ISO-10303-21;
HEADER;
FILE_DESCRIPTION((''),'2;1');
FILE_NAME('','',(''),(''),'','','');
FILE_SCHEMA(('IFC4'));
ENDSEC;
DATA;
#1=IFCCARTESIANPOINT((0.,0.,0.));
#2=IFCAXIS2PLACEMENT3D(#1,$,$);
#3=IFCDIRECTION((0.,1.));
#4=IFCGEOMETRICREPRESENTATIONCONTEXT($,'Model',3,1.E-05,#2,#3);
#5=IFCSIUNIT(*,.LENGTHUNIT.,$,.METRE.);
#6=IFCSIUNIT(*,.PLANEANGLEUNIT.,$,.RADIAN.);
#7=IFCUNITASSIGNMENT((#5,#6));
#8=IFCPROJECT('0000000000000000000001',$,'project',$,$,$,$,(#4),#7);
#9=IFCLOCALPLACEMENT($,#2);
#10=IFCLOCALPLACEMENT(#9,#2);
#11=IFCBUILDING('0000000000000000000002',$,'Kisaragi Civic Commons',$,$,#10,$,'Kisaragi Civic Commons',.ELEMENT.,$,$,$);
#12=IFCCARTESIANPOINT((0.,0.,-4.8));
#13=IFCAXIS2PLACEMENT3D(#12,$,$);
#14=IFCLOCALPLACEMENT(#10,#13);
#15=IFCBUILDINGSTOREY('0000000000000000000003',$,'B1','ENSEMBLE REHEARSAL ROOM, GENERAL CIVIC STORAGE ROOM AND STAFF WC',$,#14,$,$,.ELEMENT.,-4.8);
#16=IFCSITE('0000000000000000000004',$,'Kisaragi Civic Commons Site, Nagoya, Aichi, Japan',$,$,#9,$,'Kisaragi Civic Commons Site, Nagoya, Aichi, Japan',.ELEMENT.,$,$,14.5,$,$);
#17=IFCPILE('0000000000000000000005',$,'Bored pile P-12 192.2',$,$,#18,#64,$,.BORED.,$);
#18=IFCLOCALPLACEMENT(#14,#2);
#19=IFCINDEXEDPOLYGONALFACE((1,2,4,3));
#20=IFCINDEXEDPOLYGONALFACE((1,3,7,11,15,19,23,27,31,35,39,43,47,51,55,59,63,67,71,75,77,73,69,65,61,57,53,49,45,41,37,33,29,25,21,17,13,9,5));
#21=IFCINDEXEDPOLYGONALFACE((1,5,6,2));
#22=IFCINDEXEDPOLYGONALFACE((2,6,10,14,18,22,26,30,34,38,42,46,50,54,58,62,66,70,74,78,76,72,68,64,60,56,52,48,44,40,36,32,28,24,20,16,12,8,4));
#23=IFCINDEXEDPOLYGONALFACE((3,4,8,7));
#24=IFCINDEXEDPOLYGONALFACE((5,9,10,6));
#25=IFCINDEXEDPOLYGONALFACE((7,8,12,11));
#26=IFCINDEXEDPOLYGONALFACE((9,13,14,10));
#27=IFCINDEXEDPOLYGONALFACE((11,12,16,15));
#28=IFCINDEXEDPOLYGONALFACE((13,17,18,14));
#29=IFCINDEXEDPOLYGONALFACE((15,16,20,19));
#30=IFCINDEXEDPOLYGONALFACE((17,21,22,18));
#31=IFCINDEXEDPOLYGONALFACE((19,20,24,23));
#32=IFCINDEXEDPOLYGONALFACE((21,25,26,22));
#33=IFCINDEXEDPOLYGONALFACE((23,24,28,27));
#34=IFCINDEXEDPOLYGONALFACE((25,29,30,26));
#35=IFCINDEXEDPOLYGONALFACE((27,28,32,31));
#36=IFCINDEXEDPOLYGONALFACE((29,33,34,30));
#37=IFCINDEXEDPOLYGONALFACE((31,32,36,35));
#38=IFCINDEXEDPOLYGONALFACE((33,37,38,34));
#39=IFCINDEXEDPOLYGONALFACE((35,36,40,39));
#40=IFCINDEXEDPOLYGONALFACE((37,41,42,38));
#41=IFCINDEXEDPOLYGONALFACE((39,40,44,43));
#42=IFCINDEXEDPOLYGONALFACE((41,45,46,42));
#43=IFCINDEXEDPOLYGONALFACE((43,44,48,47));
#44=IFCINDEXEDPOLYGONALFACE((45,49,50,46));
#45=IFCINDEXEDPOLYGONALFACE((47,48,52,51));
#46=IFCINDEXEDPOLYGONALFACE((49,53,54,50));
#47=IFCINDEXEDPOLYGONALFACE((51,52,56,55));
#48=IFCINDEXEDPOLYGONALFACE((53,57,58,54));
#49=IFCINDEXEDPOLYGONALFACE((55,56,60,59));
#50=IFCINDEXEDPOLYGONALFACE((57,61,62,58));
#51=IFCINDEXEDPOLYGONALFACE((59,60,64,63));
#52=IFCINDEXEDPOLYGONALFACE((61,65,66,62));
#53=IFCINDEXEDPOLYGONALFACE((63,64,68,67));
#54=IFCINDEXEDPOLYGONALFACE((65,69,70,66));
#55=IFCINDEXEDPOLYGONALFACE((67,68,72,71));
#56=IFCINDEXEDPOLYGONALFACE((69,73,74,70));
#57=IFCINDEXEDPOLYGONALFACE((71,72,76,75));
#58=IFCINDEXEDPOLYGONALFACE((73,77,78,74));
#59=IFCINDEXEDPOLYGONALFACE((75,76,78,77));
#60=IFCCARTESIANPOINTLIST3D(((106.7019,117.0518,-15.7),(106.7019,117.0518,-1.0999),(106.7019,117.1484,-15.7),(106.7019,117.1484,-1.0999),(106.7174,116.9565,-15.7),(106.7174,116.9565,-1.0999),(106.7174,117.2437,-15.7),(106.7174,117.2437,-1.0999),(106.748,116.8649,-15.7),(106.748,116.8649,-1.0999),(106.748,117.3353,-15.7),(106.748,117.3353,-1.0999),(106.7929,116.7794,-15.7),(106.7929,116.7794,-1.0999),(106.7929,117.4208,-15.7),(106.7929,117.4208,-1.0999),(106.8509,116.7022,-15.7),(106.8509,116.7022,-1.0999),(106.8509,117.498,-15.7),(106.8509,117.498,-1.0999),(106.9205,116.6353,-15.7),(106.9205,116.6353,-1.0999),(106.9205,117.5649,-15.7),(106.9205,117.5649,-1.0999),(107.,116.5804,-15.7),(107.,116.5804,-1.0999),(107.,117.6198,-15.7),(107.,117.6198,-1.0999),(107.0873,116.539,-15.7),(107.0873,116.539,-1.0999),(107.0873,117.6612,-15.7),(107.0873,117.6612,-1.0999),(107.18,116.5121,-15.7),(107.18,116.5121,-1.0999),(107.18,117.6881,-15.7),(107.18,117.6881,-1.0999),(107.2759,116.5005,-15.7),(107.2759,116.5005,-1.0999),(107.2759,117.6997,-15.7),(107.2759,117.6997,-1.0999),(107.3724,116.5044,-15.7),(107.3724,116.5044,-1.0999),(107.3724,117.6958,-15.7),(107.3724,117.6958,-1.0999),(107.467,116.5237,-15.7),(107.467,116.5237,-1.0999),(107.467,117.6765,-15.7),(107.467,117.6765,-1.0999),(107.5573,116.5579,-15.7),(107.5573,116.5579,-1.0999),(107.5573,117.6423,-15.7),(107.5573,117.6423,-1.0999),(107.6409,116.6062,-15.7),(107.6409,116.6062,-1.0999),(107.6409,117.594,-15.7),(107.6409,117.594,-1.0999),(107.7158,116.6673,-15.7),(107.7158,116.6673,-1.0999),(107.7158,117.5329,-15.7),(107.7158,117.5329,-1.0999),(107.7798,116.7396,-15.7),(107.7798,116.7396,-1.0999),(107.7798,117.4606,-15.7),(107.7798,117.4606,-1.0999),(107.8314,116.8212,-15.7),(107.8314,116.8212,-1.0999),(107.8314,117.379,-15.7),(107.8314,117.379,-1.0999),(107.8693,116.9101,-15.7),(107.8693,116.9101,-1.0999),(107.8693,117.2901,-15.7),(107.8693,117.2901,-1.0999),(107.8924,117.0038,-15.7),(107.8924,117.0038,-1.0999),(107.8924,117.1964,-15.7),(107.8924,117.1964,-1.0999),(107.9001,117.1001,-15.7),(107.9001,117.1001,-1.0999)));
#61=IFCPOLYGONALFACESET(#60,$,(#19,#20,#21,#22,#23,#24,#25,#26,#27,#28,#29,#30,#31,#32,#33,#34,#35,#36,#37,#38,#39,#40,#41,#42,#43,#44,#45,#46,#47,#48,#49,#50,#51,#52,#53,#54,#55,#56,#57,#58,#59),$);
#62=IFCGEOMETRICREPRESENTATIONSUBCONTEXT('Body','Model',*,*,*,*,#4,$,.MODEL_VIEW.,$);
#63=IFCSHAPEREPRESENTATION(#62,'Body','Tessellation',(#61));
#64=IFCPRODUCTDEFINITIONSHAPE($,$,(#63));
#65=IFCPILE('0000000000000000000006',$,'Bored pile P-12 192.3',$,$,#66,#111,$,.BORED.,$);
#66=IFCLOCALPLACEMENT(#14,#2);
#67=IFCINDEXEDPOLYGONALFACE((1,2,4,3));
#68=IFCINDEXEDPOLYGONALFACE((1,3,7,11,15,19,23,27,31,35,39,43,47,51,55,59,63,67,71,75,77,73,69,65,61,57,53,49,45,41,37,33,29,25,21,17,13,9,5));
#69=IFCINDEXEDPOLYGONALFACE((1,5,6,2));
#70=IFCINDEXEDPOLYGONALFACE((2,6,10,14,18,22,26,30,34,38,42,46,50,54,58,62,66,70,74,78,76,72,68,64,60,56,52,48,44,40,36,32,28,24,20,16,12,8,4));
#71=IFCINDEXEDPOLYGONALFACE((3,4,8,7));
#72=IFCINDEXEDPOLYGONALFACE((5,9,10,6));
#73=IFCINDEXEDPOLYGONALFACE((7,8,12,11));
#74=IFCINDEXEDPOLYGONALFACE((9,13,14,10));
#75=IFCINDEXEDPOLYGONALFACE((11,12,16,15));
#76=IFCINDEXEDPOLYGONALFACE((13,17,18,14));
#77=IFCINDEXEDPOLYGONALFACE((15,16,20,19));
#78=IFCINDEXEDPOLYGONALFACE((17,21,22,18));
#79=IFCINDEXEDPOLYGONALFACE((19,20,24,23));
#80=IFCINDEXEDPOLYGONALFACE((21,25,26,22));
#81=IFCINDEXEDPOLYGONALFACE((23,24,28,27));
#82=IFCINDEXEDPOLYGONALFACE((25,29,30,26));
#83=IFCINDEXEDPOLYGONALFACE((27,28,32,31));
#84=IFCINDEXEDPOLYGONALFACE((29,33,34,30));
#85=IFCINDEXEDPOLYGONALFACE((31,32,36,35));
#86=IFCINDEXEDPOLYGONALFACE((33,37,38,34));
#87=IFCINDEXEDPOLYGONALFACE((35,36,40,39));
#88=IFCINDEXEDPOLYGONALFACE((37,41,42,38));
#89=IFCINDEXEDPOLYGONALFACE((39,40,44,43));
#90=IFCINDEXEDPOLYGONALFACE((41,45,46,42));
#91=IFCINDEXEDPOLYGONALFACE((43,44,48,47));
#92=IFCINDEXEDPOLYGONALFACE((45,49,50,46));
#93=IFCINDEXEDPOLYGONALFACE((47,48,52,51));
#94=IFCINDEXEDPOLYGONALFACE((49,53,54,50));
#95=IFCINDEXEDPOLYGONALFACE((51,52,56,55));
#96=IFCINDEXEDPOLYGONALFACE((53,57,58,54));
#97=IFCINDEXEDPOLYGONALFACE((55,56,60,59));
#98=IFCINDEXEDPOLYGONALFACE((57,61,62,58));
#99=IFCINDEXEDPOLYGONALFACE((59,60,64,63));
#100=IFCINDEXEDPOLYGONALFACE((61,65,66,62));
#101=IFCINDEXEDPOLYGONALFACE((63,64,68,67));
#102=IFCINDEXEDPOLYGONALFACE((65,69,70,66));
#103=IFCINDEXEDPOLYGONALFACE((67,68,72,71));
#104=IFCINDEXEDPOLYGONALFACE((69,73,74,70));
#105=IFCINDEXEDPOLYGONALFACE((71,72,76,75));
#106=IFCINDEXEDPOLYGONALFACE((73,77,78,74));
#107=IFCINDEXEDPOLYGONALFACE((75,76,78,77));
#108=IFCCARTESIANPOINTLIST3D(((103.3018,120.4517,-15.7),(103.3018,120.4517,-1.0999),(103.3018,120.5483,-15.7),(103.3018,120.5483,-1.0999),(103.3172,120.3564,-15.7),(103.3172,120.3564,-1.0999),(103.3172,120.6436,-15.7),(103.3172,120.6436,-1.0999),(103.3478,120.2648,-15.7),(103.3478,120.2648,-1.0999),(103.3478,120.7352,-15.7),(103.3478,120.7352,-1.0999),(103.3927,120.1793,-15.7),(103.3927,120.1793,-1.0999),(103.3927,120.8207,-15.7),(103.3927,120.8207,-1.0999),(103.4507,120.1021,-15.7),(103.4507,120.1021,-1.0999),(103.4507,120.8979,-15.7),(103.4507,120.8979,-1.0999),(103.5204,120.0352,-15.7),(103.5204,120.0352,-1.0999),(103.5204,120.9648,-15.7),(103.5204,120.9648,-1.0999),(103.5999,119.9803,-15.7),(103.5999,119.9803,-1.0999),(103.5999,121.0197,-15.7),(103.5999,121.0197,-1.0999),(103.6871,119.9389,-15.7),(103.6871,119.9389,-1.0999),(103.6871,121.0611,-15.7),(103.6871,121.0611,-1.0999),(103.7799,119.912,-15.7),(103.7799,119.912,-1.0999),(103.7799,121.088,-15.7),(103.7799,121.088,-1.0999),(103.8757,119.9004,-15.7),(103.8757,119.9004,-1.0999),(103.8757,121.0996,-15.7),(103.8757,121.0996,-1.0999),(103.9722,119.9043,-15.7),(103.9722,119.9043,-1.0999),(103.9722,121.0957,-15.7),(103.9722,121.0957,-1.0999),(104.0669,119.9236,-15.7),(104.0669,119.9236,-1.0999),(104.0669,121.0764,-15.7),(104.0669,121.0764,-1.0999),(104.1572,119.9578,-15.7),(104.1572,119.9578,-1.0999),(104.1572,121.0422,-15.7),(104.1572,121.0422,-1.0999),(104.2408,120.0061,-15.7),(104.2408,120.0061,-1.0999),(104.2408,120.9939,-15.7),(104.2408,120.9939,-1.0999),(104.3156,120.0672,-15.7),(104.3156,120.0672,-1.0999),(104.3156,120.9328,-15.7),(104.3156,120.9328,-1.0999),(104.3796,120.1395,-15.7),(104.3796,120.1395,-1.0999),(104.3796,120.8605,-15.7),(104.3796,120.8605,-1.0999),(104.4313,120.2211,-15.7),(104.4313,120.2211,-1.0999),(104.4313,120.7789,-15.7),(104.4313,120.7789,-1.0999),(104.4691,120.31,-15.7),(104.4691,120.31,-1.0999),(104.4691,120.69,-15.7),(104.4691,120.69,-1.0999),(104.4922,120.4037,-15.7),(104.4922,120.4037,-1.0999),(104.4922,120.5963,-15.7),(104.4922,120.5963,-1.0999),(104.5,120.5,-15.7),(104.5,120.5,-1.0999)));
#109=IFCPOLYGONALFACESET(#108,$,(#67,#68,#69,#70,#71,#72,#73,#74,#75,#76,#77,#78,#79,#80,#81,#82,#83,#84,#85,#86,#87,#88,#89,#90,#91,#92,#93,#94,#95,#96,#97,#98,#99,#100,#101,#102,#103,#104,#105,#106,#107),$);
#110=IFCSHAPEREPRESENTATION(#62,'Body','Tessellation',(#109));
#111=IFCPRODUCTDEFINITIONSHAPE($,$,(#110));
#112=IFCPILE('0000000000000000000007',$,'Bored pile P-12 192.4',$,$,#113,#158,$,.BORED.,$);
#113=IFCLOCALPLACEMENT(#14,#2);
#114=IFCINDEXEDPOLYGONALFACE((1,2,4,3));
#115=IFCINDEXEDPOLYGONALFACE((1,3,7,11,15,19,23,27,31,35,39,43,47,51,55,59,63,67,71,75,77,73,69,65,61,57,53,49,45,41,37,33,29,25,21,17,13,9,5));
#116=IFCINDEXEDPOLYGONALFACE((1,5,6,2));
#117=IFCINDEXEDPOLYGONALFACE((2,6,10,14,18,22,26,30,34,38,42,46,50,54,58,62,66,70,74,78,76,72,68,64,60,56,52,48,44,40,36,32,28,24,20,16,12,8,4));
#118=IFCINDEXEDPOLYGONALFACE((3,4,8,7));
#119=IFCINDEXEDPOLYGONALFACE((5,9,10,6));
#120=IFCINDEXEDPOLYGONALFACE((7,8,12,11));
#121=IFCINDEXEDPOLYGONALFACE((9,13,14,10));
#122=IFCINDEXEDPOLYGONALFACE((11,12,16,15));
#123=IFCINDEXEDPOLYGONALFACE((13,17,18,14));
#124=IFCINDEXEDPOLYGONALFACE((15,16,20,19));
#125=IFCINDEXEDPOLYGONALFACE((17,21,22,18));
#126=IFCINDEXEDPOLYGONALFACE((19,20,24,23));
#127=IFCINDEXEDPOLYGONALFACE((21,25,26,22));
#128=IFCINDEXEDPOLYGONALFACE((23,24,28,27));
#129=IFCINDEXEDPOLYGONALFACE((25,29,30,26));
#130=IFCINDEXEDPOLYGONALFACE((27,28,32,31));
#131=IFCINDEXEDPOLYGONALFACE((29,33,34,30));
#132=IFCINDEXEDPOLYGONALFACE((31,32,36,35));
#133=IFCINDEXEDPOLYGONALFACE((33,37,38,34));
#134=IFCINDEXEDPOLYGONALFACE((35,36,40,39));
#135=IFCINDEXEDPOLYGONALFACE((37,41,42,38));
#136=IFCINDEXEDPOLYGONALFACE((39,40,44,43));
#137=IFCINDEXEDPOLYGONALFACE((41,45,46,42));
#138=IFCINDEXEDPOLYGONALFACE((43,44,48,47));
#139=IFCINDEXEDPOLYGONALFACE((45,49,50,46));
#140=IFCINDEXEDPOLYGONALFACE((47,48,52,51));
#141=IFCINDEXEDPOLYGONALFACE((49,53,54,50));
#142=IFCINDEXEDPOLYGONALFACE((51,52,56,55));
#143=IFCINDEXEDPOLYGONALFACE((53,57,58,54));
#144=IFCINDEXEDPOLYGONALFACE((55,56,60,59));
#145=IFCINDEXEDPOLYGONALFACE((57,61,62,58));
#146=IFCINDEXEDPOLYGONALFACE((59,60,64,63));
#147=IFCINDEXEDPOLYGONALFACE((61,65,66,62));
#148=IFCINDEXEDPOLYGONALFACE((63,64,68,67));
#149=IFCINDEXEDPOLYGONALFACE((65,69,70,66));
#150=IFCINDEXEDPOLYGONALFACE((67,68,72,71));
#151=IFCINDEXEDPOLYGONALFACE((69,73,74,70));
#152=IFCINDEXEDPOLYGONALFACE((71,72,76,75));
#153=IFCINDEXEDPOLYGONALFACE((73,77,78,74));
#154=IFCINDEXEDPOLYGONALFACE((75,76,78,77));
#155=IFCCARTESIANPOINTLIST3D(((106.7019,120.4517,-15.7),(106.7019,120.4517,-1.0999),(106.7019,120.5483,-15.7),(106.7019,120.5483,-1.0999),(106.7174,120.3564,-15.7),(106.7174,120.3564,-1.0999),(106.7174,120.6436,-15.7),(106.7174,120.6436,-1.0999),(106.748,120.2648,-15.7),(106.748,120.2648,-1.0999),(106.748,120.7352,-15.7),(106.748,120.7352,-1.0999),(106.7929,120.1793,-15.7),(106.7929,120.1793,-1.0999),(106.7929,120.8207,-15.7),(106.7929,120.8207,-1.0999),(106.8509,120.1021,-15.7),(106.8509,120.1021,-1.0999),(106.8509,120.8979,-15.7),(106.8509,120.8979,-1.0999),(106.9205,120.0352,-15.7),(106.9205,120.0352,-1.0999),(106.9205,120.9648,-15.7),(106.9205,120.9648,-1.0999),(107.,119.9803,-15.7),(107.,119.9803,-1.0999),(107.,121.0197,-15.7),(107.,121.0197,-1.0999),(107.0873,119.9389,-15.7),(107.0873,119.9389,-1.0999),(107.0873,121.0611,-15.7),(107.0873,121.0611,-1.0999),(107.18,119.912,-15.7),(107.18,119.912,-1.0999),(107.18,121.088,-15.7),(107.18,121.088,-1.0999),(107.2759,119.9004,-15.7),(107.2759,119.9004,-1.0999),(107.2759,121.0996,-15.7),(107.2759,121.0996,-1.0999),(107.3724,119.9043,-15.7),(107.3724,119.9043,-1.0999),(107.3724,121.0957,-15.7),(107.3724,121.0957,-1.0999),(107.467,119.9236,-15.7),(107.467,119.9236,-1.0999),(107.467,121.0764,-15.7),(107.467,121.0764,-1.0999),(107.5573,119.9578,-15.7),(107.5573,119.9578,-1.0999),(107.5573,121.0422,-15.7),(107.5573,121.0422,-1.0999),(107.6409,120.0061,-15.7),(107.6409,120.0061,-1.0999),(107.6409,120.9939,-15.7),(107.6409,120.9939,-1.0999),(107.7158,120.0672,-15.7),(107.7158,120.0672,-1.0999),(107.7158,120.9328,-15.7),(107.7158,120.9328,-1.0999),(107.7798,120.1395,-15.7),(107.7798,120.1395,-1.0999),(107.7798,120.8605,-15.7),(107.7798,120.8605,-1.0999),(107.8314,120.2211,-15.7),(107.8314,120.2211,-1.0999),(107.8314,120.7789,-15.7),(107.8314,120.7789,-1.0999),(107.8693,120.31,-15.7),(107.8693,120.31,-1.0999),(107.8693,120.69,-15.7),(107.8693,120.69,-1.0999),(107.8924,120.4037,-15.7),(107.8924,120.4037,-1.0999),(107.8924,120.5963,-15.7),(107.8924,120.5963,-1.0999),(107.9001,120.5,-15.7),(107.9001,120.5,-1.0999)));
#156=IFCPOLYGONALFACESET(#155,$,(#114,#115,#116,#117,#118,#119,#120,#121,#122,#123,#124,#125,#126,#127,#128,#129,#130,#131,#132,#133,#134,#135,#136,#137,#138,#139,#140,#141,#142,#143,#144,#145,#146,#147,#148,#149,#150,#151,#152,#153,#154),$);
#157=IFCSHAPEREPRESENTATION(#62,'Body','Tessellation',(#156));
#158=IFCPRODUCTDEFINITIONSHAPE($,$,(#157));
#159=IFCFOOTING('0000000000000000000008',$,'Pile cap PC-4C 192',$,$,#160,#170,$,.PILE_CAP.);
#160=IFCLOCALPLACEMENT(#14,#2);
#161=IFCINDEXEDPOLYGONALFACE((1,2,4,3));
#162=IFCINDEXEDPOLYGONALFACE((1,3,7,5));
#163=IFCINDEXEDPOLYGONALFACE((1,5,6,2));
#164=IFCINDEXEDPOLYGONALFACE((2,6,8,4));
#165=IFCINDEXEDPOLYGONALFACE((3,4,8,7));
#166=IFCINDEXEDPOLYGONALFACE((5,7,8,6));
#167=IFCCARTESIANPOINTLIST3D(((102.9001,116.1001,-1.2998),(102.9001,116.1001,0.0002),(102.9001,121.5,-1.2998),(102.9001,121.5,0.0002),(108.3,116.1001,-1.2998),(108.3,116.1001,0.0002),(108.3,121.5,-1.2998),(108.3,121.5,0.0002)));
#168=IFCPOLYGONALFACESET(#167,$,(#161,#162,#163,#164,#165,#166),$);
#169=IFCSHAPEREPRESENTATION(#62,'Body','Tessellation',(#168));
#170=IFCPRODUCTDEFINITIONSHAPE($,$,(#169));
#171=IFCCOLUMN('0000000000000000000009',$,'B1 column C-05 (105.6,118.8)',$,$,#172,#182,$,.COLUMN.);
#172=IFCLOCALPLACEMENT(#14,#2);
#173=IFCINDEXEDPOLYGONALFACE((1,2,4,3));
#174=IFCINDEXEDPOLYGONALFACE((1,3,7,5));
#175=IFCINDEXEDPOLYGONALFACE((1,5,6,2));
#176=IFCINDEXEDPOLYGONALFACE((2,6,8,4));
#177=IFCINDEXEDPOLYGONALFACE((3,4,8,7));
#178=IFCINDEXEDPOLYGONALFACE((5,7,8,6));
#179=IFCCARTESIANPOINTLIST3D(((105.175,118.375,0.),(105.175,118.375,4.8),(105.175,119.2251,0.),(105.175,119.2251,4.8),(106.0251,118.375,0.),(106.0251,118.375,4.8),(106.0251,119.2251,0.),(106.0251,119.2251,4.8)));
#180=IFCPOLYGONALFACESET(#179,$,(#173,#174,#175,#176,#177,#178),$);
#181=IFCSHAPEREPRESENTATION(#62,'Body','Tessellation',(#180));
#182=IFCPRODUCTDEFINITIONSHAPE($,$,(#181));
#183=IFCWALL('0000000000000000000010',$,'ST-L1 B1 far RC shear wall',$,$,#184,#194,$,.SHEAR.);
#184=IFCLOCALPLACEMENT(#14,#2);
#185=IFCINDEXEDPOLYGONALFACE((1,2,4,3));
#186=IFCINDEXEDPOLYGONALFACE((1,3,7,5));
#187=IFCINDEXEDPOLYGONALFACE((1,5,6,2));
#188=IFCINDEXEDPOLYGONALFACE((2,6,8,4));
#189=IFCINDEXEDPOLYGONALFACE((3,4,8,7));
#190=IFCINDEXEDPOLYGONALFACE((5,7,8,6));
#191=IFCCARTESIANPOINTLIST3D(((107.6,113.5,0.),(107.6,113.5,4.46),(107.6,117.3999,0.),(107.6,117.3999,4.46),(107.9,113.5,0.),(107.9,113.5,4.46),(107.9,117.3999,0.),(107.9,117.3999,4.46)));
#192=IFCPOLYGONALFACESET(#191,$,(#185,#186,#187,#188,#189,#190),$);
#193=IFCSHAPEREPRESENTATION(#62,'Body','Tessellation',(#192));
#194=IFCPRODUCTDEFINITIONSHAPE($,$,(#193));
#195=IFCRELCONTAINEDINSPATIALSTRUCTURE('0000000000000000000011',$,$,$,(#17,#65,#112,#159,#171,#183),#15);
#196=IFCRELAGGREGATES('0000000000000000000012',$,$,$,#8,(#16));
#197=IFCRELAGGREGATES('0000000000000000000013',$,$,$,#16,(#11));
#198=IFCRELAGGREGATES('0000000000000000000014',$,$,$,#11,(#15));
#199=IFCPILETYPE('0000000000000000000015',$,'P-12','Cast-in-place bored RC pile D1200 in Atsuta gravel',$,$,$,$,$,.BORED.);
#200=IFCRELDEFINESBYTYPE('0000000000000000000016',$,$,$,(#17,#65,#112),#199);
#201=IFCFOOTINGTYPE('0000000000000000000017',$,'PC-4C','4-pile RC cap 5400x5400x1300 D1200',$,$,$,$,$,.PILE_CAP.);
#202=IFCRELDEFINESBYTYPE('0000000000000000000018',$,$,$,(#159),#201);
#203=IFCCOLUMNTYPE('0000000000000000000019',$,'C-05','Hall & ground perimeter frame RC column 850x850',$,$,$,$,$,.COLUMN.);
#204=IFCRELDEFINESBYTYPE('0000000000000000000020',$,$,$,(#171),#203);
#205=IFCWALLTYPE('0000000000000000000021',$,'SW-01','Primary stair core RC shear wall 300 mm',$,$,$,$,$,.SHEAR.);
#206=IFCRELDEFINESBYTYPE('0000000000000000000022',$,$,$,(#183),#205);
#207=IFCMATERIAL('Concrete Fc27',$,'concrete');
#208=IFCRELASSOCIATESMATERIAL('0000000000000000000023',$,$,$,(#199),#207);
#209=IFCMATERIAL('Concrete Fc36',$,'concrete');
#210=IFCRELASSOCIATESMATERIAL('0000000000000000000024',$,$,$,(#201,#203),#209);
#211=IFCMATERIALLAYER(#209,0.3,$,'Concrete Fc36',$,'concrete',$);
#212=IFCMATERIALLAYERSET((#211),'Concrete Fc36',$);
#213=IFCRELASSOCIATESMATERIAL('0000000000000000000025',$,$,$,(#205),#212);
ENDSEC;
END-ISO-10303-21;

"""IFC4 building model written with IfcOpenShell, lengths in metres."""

from ifc_helpers import new_model, si_unit, direction, frame, frame_2d, origin, origin_2d, place, context, subcontext, project, spatial, rectangle, circle, extrude, material, layer, layer_set, material_profile, profile_set, type_object, element, save


model = new_model("IFC4")

# Units and contexts
model_context = context("Model", 3, precision=1e-05, world=origin(), true_north=direction((0.0, 1.0)))
body_context = subcontext(model_context, "Body", "Model", "MODEL_VIEW")
ifc_project = project(units=[si_unit("LENGTHUNIT", "METRE"), si_unit("PLANEANGLEUNIT", "RADIAN")], contexts=[model_context])

# Site, building, storey
site_placement = place(None, origin())
site = spatial("IfcSite", under=ifc_project, at=site_placement, Name="Kisaragi Civic Commons Site, Nagoya, Aichi, Japan", LongName="Kisaragi Civic Commons Site, Nagoya, Aichi, Japan", CompositionType="ELEMENT", RefElevation=14.5)
building_placement = place(site_placement, origin())
building = spatial("IfcBuilding", under=site, at=building_placement, Name="Kisaragi Civic Commons", LongName="Kisaragi Civic Commons", CompositionType="ELEMENT")
storey_placement = place(building_placement, frame((0.0, 0.0, -4.8)))
storey = spatial("IfcBuildingStorey", under=building, at=storey_placement, Name="B1", Description="ENSEMBLE REHEARSAL ROOM, GENERAL CIVIC STORAGE ROOM AND STAFF WC", CompositionType="ELEMENT", Elevation=-4.8)

# Shared definitions
ifc_material_1 = material(Name="Concrete Fc27", Category="concrete")

# Piles
ifc_material_profile_1 = material_profile(ifc_material_1, circle(Radius=0.6001, at=origin_2d()), Name="PILE-D1200", Category="concrete")
ifc_profile_set_1 = profile_set([ifc_material_profile_1], Name="Concrete Fc27")
pile_type = type_object("IfcPileType", Name="P-12", Description="Cast-in-place bored RC pile D1200 in Atsuta gravel", PredefinedType="BORED", material=ifc_profile_set_1)
for number, where, z_axis, x_axis, name in (
    (1, (107.3, 117.1001, -1.0999), (0.0, 0.0, -1.0), (1.0, 0.0, 0.0), "Bored pile P-12 192.2"),
    (2, (103.8999, 120.5, -1.0999), (0.0, 0.0, -1.0), (1.0, 0.0, 0.0), "Bored pile P-12 192.3"),
    (3, (107.3, 120.5, -1.0999), (0.0, 0.0, -1.0), (1.0, 0.0, 0.0), "Bored pile P-12 192.4"),
):
    element("IfcPile", number, at=place(storey_placement, frame(where, z_axis=z_axis, x_axis=x_axis)), inside=storey, type_object=pile_type, Name=name, PredefinedType="BORED", context=body_context, shape_type="SweptSolid", body=[
        extrude(circle(Radius=0.6001, at=origin_2d()), origin(), (0.0, 0.0, 1.0), 14.6001),
    ])

# Footing
ifc_material_2 = material(Name="Concrete Fc36", Category="concrete")
footing_type_1 = type_object("IfcFootingType", Name="PC-4C", Description="4-pile RC cap 5400x5400x1300 D1200", PredefinedType="PILE_CAP", material=ifc_material_2)
footing_1_placement = place(storey_placement, frame((105.6001, 118.8, -1.2998), z_axis=(0.0, 0.0, 1.0), x_axis=(1.0, 0.0, 0.0)))
element("IfcFooting", 4, at=footing_1_placement, inside=storey, type_object=footing_type_1, Name="Pile cap PC-4C 192", PredefinedType="PILE_CAP", context=body_context, shape_type="SweptSolid", body=[
    extrude(rectangle(XDim=5.3999, YDim=5.3999, at=origin_2d()), origin(), (0.0, 0.0, 1.0), 1.3),
])

# Column
ifc_material_profile_2 = material_profile(ifc_material_2, rectangle(XDim=0.8501, YDim=0.8501, at=origin_2d()), Name="RC-850x850", Category="concrete")
ifc_profile_set_2 = profile_set([ifc_material_profile_2], Name="Concrete Fc36")
column_type = type_object("IfcColumnType", Name="C-05", Description="Hall & ground perimeter frame RC column 850x850", PredefinedType="COLUMN", material=ifc_profile_set_2)
column_placement = place(storey_placement, frame((105.6001, 118.8, 0.0), z_axis=(0.0, 0.0, 1.0), x_axis=(1.0, 0.0, 0.0)))
element("IfcColumn", 5, at=column_placement, inside=storey, type_object=column_type, Name="B1 column C-05 (105.6,118.8)", PredefinedType="COLUMN", context=body_context, shape_type="SweptSolid", body=[
    extrude(rectangle(XDim=0.8501, YDim=0.8501, at=origin_2d()), origin(), (0.0, 0.0, 1.0), 4.8),
])

# Wall
ifc_layer_1 = layer(ifc_material_2, 0.3, Name="Concrete Fc36", Category="concrete")
ifc_layer_set_1 = layer_set([ifc_layer_1], Name="Concrete Fc36")
wall_type_1 = type_object("IfcWallType", Name="SW-01", Description="Primary stair core RC shear wall 300 mm", PredefinedType="SHEAR", material=ifc_layer_set_1)
wall_1_placement = place(storey_placement, frame((107.75, 113.5, 0.0), z_axis=(0.0, 0.0, 1.0), x_axis=(0.0, 1.0, 0.0)))
element("IfcWall", 6, at=wall_1_placement, inside=storey, type_object=wall_type_1, Name="ST-L1 B1 far RC shear wall", PredefinedType="SHEAR", context=body_context, shape_type="SweptSolid", body=[
    extrude(rectangle(XDim=3.8999, YDim=0.3, at=frame_2d((1.95, 0.0))), origin(), (0.0, 0.0, 1.0), 4.46),
])

save(model, "model.ifc")
